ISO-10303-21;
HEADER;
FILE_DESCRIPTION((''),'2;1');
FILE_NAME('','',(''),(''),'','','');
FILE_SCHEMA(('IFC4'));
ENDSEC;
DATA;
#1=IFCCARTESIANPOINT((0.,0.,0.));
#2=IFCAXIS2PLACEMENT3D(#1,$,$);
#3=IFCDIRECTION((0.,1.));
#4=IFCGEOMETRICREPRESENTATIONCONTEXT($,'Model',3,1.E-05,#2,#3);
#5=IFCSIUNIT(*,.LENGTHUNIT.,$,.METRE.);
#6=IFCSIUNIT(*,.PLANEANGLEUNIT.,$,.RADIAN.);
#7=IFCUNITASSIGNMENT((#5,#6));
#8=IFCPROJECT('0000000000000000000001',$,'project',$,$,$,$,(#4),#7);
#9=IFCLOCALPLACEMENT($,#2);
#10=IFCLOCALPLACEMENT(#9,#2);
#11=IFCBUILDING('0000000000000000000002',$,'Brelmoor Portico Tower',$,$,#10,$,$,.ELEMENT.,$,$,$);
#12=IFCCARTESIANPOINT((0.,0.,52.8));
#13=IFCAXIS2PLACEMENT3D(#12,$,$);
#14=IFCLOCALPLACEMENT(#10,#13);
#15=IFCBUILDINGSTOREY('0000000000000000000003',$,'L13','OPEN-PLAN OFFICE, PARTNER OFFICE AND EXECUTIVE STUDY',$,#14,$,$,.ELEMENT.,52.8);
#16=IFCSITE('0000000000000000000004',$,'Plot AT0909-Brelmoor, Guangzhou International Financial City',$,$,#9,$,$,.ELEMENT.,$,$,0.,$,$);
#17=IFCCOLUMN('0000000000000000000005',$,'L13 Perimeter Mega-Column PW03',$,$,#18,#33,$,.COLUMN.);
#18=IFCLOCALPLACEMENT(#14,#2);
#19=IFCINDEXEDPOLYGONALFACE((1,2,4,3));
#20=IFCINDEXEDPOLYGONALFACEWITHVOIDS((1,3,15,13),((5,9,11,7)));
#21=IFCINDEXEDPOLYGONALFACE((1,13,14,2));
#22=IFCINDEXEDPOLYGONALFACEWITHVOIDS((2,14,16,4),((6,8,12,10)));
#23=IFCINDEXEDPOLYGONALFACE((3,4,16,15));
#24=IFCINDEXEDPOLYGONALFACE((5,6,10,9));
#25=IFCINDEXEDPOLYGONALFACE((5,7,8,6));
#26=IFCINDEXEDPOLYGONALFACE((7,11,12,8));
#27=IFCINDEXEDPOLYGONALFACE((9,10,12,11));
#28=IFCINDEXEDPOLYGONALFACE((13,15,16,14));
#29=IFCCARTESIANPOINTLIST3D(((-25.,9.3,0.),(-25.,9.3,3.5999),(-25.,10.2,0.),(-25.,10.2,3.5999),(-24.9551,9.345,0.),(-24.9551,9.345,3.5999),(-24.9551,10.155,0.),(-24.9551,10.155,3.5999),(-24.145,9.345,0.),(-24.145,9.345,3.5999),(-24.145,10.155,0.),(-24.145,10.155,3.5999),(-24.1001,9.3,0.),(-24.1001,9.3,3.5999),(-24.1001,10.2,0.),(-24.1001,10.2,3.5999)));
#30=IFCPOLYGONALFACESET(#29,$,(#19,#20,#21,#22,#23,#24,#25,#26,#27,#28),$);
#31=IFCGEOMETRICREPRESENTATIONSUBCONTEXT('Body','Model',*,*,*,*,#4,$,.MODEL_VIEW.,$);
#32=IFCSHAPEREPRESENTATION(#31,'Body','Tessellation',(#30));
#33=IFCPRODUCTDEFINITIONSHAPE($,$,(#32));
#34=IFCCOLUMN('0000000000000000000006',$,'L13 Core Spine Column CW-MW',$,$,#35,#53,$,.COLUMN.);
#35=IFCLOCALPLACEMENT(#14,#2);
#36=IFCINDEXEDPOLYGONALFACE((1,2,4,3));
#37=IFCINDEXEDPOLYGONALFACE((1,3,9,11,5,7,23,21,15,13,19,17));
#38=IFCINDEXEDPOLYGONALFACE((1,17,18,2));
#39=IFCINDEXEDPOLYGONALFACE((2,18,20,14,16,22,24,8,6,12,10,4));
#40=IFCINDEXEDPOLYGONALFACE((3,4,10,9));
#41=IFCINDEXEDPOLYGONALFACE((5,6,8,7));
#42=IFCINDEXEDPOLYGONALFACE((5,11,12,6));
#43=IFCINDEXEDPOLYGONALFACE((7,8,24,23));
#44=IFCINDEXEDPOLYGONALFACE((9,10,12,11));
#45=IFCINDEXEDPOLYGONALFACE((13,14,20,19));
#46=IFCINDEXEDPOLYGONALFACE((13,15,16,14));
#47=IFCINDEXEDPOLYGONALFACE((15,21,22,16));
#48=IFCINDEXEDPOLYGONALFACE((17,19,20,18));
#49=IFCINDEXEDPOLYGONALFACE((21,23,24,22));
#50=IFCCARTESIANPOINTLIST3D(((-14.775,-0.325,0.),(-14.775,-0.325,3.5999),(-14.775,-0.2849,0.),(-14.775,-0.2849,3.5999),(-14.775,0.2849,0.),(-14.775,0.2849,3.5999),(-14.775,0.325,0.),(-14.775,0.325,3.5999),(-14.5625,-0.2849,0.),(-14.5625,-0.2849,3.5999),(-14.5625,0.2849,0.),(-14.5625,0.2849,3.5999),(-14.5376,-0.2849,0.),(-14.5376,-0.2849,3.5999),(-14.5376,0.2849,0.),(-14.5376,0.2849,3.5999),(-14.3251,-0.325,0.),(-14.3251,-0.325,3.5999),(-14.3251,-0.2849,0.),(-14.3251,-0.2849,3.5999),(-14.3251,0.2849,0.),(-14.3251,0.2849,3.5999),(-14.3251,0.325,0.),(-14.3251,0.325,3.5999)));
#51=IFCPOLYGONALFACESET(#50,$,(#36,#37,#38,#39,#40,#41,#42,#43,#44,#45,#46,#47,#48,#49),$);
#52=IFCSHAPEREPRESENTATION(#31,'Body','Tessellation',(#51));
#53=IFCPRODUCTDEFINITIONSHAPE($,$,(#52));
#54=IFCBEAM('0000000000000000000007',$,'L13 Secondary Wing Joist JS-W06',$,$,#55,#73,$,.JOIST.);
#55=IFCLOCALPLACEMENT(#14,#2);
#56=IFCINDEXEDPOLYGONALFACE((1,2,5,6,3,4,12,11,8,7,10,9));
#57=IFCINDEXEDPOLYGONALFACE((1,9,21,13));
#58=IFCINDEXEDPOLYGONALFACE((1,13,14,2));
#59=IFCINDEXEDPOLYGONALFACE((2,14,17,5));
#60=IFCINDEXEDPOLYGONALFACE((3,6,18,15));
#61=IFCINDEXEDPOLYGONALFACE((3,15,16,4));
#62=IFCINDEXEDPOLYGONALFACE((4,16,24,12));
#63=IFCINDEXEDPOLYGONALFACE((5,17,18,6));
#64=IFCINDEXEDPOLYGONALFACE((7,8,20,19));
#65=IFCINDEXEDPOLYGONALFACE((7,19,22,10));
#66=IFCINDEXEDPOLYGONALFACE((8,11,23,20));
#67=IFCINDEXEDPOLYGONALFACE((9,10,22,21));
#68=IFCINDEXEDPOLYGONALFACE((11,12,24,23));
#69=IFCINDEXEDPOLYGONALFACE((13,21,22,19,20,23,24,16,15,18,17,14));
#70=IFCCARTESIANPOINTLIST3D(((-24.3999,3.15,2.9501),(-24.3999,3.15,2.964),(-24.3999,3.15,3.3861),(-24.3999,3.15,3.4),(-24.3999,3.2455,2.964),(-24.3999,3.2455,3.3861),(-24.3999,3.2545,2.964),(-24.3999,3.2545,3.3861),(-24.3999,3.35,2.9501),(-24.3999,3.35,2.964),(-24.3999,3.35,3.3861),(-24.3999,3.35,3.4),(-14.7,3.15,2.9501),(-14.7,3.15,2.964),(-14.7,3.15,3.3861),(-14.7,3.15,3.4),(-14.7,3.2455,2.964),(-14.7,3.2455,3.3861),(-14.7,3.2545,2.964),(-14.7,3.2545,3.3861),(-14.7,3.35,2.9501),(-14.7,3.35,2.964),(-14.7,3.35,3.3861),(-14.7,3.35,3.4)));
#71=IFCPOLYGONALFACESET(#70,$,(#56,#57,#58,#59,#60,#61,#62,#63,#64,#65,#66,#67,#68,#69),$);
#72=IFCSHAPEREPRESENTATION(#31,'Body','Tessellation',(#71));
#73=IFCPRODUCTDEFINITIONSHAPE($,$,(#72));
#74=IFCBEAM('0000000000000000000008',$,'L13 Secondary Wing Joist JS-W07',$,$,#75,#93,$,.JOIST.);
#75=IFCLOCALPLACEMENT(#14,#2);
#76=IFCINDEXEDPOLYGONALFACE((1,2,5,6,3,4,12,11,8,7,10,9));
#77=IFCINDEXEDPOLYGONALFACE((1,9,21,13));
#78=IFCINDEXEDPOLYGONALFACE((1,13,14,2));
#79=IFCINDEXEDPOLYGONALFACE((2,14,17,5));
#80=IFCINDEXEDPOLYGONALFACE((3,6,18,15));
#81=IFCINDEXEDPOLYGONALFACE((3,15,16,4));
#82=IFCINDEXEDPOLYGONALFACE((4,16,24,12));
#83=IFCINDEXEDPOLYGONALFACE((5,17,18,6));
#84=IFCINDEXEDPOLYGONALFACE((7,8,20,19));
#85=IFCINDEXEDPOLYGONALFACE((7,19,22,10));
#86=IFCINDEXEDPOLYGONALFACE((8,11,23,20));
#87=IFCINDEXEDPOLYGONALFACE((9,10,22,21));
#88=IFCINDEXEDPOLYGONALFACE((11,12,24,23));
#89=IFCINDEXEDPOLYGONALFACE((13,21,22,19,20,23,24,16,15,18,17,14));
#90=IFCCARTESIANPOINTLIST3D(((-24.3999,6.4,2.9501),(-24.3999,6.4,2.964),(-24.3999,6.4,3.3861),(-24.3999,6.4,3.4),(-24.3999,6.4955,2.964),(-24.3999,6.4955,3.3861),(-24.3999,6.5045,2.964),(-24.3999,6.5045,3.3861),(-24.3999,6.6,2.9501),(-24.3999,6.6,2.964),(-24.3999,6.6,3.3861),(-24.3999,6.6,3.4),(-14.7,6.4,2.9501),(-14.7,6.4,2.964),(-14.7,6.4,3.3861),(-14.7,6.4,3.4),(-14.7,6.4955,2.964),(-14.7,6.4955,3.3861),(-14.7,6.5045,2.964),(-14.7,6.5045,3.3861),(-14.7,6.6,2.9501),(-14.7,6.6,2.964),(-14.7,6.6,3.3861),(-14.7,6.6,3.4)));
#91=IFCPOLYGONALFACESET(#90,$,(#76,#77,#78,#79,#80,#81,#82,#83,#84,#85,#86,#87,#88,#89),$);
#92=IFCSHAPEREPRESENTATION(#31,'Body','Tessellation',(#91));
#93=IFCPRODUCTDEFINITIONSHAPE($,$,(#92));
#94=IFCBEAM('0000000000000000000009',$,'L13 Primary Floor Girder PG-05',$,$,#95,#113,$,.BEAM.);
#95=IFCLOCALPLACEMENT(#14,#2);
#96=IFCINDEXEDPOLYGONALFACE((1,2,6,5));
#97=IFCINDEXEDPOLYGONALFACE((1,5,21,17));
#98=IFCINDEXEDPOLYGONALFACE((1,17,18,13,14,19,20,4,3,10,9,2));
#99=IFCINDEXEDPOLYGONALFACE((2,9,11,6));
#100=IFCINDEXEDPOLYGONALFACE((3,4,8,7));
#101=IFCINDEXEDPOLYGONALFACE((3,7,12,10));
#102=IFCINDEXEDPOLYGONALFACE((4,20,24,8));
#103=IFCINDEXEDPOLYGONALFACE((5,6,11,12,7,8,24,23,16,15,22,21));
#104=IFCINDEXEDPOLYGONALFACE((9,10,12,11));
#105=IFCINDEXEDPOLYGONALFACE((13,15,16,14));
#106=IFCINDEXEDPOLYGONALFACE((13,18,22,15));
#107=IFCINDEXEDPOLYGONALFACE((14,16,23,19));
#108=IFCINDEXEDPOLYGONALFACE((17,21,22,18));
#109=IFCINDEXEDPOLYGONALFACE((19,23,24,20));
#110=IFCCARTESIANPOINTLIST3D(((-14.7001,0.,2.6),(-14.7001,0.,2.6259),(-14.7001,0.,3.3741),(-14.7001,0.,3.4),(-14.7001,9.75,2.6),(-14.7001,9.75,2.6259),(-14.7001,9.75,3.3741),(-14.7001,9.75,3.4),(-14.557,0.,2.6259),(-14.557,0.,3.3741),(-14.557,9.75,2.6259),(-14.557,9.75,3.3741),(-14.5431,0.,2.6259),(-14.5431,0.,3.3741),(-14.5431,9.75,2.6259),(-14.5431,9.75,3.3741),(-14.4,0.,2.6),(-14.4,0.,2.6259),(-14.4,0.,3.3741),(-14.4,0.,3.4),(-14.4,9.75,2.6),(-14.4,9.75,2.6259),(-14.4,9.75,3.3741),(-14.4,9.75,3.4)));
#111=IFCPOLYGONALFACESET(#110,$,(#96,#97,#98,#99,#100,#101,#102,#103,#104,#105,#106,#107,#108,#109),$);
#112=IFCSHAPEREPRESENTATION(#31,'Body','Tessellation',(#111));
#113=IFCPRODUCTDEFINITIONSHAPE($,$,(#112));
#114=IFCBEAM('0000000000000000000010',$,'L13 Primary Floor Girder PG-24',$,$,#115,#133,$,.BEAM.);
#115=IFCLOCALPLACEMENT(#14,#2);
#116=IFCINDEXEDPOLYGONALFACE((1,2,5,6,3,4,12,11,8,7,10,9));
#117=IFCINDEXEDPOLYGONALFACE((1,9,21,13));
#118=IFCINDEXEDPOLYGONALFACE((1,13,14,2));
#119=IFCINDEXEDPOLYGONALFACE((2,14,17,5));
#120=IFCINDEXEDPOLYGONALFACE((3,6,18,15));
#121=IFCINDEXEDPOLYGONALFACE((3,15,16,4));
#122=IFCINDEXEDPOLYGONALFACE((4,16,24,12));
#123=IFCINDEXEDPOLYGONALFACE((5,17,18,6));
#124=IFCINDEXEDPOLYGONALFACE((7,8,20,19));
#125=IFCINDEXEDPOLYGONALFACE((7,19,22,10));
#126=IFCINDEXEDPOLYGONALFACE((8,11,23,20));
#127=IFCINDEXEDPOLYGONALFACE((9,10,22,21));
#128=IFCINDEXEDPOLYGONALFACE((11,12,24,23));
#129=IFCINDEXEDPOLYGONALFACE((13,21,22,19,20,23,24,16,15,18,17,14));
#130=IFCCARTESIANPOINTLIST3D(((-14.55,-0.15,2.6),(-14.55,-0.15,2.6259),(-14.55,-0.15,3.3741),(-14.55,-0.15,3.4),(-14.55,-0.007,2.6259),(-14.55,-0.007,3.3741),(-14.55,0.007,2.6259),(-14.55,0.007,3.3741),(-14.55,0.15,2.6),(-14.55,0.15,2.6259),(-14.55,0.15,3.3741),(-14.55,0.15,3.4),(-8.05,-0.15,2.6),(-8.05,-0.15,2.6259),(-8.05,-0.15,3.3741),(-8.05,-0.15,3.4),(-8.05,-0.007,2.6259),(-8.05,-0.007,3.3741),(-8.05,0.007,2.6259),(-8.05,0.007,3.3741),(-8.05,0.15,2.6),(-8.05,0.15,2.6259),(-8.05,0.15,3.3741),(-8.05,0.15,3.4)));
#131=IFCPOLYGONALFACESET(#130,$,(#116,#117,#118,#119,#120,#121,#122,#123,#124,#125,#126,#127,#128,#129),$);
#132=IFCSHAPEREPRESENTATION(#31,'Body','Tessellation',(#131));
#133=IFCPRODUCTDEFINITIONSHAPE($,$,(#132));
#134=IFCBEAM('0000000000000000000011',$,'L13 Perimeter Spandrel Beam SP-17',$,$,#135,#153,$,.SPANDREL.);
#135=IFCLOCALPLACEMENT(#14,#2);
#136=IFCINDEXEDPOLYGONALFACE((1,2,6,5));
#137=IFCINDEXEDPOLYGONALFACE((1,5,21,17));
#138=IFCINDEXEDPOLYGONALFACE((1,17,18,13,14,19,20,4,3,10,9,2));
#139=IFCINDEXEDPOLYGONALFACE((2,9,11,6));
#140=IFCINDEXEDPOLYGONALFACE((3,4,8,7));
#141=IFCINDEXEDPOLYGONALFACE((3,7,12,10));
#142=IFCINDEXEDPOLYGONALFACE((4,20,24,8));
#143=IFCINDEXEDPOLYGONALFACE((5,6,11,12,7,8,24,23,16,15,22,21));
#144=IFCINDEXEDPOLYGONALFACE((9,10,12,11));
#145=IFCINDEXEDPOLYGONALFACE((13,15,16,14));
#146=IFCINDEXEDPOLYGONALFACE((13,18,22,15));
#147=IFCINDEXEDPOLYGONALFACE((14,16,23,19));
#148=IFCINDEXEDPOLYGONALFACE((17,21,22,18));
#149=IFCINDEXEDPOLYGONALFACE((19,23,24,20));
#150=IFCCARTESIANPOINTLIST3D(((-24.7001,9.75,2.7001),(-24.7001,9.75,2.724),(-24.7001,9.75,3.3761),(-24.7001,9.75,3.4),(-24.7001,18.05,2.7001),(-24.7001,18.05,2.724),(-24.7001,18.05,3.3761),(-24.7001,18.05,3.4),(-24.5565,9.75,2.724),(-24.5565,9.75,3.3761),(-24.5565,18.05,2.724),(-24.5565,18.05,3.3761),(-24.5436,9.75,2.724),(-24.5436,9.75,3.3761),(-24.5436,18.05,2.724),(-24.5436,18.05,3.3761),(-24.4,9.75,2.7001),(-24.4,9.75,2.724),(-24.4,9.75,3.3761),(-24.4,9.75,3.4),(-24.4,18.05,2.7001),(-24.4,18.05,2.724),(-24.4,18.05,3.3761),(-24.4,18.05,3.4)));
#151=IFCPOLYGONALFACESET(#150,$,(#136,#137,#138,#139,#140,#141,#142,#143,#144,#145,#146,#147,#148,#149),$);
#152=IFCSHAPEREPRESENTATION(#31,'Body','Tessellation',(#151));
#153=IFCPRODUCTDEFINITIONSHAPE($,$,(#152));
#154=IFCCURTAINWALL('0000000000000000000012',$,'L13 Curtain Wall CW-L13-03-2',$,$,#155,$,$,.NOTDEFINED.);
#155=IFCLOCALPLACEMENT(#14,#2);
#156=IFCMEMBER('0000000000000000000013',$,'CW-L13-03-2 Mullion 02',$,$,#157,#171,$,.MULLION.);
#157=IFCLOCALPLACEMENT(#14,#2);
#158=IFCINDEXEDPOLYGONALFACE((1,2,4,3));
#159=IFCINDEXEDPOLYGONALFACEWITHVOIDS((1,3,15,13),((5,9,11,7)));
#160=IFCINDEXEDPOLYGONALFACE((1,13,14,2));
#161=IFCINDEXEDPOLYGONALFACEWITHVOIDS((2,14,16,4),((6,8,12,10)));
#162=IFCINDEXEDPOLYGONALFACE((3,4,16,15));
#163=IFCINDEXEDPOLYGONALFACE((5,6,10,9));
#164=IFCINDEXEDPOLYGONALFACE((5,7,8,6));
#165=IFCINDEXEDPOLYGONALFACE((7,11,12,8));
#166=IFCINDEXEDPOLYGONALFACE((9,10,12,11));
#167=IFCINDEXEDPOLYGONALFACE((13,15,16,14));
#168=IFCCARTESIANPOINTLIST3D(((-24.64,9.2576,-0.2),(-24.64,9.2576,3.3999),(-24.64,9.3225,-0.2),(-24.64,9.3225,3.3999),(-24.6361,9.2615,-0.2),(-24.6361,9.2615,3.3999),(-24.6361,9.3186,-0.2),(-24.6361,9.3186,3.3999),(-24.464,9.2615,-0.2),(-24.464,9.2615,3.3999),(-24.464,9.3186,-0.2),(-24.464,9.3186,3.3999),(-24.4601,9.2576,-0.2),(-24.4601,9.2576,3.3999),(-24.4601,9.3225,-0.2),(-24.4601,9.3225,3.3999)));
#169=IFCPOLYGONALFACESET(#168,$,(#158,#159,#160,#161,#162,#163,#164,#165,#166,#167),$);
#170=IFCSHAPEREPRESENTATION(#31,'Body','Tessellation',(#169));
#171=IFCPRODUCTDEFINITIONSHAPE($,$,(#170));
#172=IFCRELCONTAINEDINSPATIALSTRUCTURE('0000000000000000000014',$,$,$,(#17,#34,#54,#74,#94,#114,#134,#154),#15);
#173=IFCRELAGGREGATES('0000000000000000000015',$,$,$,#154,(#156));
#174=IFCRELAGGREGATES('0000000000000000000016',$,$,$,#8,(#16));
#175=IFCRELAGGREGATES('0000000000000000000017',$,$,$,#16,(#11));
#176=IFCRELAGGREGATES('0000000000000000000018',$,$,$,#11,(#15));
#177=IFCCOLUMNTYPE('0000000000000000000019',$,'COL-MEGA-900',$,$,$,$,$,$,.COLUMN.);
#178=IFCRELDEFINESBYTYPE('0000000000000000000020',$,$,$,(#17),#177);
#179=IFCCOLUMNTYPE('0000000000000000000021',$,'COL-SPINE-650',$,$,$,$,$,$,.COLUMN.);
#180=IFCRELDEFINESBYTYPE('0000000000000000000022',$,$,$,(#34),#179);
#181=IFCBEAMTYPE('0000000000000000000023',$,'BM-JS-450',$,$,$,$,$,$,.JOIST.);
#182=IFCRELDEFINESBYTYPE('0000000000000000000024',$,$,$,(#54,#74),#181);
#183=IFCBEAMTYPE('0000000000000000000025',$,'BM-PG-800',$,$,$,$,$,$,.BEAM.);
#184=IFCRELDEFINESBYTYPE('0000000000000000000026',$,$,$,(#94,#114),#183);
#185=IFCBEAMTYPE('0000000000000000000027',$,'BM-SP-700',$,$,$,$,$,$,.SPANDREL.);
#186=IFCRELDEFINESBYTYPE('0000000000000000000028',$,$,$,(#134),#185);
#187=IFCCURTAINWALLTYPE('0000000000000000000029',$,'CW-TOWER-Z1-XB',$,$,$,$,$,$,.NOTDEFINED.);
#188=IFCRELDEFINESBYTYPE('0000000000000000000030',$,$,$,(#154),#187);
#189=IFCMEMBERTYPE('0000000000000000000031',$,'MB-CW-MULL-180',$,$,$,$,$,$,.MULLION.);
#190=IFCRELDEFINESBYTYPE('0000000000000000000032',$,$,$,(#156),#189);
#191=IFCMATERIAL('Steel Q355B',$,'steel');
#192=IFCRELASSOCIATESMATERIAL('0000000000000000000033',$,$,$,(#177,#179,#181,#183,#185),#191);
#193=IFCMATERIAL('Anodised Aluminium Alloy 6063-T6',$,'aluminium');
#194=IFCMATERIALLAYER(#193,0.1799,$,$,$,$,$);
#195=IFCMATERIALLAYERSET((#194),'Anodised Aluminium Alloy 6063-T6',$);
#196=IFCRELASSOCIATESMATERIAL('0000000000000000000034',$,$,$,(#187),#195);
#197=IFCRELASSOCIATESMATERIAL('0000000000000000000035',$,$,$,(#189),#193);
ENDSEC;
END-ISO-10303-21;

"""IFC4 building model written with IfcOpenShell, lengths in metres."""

from ifc_helpers import new_model, si_unit, direction, frame, origin, origin_2d, place, context, subcontext, project, spatial, hollow_rectangle, i_section, extrude, material, layer, layer_set, material_profile, profile_set, type_object, element, aggregate, save


model = new_model("IFC4")

# Units and contexts
model_context = context("Model", 3, precision=1e-05, world=origin(), true_north=direction((0.0, 1.0)))
body_context = subcontext(model_context, "Body", "Model", "MODEL_VIEW")
ifc_project = project(units=[si_unit("LENGTHUNIT", "METRE"), si_unit("PLANEANGLEUNIT", "RADIAN")], contexts=[model_context])

# Site, building, storey
site_placement = place(None, origin())
site = spatial("IfcSite", under=ifc_project, at=site_placement, Name="Plot AT0909-Brelmoor, Guangzhou International Financial City", CompositionType="ELEMENT", RefElevation=0.0)
building_placement = place(site_placement, origin())
building = spatial("IfcBuilding", under=site, at=building_placement, Name="Brelmoor Portico Tower", CompositionType="ELEMENT")
storey_placement = place(building_placement, frame((0.0, 0.0, 52.8)))
storey = spatial("IfcBuildingStorey", under=building, at=storey_placement, Name="L13", Description="OPEN-PLAN OFFICE, PARTNER OFFICE AND EXECUTIVE STUDY", CompositionType="ELEMENT", Elevation=52.8)

# Columns
ifc_material_1 = material(Name="Steel Q355B", Category="steel")
ifc_material_profile_1 = material_profile(ifc_material_1, hollow_rectangle(XDim=0.8999, YDim=0.8999, WallThickness=0.0449, at=origin_2d()), Name="BOX 900x900x45")
ifc_profile_set_1 = profile_set([ifc_material_profile_1], Name="Steel Q355B")
column_type_1 = type_object("IfcColumnType", Name="COL-MEGA-900", PredefinedType="COLUMN", material=ifc_profile_set_1)
column_1_placement = place(storey_placement, frame((-24.55, 9.75, 0.0), z_axis=(0.0, 0.0, 1.0), x_axis=(0.0, 1.0, 0.0)))
element("IfcColumn", 1, at=column_1_placement, inside=storey, type_object=column_type_1, Name="L13 Perimeter Mega-Column PW03", PredefinedType="COLUMN", context=body_context, shape_type="SweptSolid", body=[
    extrude(hollow_rectangle(XDim=0.8999, YDim=0.8999, WallThickness=0.0449, at=origin_2d()), origin(), (0.0, 0.0, 1.0), 3.5999),
])
ifc_material_profile_2 = material_profile(ifc_material_1, i_section(OverallWidth=0.45, OverallDepth=0.6499, WebThickness=0.0249, FlangeThickness=0.04, at=origin_2d()), Name="HW 650x450x25x40")
ifc_profile_set_2 = profile_set([ifc_material_profile_2], Name="Steel Q355B")
column_type_2 = type_object("IfcColumnType", Name="COL-SPINE-650", PredefinedType="COLUMN", material=ifc_profile_set_2)
column_2_placement = place(storey_placement, frame((-14.55, 0.0, 0.0), z_axis=(0.0, 0.0, 1.0), x_axis=(1.0, 0.0, 0.0)))
element("IfcColumn", 2, at=column_2_placement, inside=storey, type_object=column_type_2, Name="L13 Core Spine Column CW-MW", PredefinedType="COLUMN", context=body_context, shape_type="SweptSolid", body=[
    extrude(i_section(OverallWidth=0.45, OverallDepth=0.6499, WebThickness=0.0249, FlangeThickness=0.04, at=origin_2d()), origin(), (0.0, 0.0, 1.0), 3.5999),
])

# Beams
ifc_material_profile_3 = material_profile(ifc_material_1, i_section(OverallWidth=0.2, OverallDepth=0.45, WebThickness=0.009, FlangeThickness=0.0139, at=origin_2d()), Name="HN 450x200x9x14")
ifc_profile_set_3 = profile_set([ifc_material_profile_3], Name="Steel Q355B")
beam_type_1 = type_object("IfcBeamType", Name="BM-JS-450", PredefinedType="JOIST", material=ifc_profile_set_3)
for number, where, z_axis, x_axis, name in (
    (3, (-24.3999, 3.25, 3.175), (1.0, 0.0, 0.0), (0.0, 1.0, 0.0), "L13 Secondary Wing Joist JS-W06"),
    (4, (-24.3999, 6.5, 3.175), (1.0, 0.0, 0.0), (0.0, 1.0, 0.0), "L13 Secondary Wing Joist JS-W07"),
):
    element("IfcBeam", number, at=place(storey_placement, frame(where, z_axis=z_axis, x_axis=x_axis)), inside=storey, type_object=beam_type_1, Name=name, PredefinedType="JOIST", context=body_context, shape_type="SweptSolid", body=[
        extrude(i_section(OverallWidth=0.2, OverallDepth=0.45, WebThickness=0.009, FlangeThickness=0.0139, at=origin_2d()), origin(), (0.0, 0.0, 1.0), 9.7),
    ])
ifc_material_profile_4 = material_profile(ifc_material_1, i_section(OverallWidth=0.3, OverallDepth=0.8, WebThickness=0.0139, FlangeThickness=0.0259, at=origin_2d()), Name="HN 800x300x14x26")
ifc_profile_set_4 = profile_set([ifc_material_profile_4], Name="Steel Q355B")
beam_type_2 = type_object("IfcBeamType", Name="BM-PG-800", PredefinedType="BEAM", material=ifc_profile_set_4)
beam_1_placement = place(storey_placement, frame((-14.55, 0.0, 3.0), z_axis=(0.0, 1.0, 0.0), x_axis=(-1.0, 0.0, 0.0)))
element("IfcBeam", 5, at=beam_1_placement, inside=storey, type_object=beam_type_2, Name="L13 Primary Floor Girder PG-05", PredefinedType="BEAM", context=body_context, shape_type="SweptSolid", body=[
    extrude(i_section(OverallWidth=0.3, OverallDepth=0.8, WebThickness=0.0139, FlangeThickness=0.0259, at=origin_2d()), origin(), (0.0, 0.0, 1.0), 9.75),
])
beam_2_placement = place(storey_placement, frame((-14.55, 0.0, 3.0), z_axis=(1.0, 0.0, 0.0), x_axis=(0.0, 1.0, 0.0)))
element("IfcBeam", 6, at=beam_2_placement, inside=storey, type_object=beam_type_2, Name="L13 Primary Floor Girder PG-24", PredefinedType="BEAM", context=body_context, shape_type="SweptSolid", body=[
    extrude(i_section(OverallWidth=0.3, OverallDepth=0.8, WebThickness=0.0139, FlangeThickness=0.0259, at=origin_2d()), origin(), (0.0, 0.0, 1.0), 6.5),
])
ifc_material_profile_5 = material_profile(ifc_material_1, i_section(OverallWidth=0.3, OverallDepth=0.7, WebThickness=0.0129, FlangeThickness=0.0239, at=origin_2d()), Name="HN 700x300x13x24")
ifc_profile_set_5 = profile_set([ifc_material_profile_5], Name="Steel Q355B")
beam_type_3 = type_object("IfcBeamType", Name="BM-SP-700", PredefinedType="SPANDREL", material=ifc_profile_set_5)
beam_3_placement = place(storey_placement, frame((-24.55, 9.75, 3.05), z_axis=(0.0, 1.0, 0.0), x_axis=(-1.0, 0.0, 0.0)))
element("IfcBeam", 7, at=beam_3_placement, inside=storey, type_object=beam_type_3, Name="L13 Perimeter Spandrel Beam SP-17", PredefinedType="SPANDREL", context=body_context, shape_type="SweptSolid", body=[
    extrude(i_section(OverallWidth=0.3, OverallDepth=0.7, WebThickness=0.0129, FlangeThickness=0.0239, at=origin_2d()), origin(), (0.0, 0.0, 1.0), 8.3),
])

# Curtain wall, member
ifc_material_2 = material(Name="Anodised Aluminium Alloy 6063-T6", Category="aluminium")
ifc_layer_1 = layer(ifc_material_2, 0.1799)
ifc_layer_set_1 = layer_set([ifc_layer_1], Name="Anodised Aluminium Alloy 6063-T6")
curtain_wall_type = type_object("IfcCurtainWallType", Name="CW-TOWER-Z1-XB", PredefinedType="NOTDEFINED", material=ifc_layer_set_1)
curtain_wall_placement = place(storey_placement, origin())
curtain_wall = element("IfcCurtainWall", 8, at=curtain_wall_placement, inside=storey, type_object=curtain_wall_type, Name="L13 Curtain Wall CW-L13-03-2", PredefinedType="NOTDEFINED")
ifc_material_profile_6 = material_profile(ifc_material_2, hollow_rectangle(XDim=0.0649, YDim=0.1799, WallThickness=0.0039, at=origin_2d()), Name="ALU MULLION 65x180")
ifc_profile_set_6 = profile_set([ifc_material_profile_6], Name="Anodised Aluminium Alloy 6063-T6")
member_type_1 = type_object("IfcMemberType", Name="MB-CW-MULL-180", PredefinedType="MULLION", material=ifc_profile_set_6)
member_1_placement = place(storey_placement, frame((-24.55, 9.29, -0.2), z_axis=(0.0, 0.0, 1.0), x_axis=(0.0, 1.0, 0.0)))
member_1 = element("IfcMember", 9, at=member_1_placement, type_object=member_type_1, Name="CW-L13-03-2 Mullion 02", PredefinedType="MULLION", context=body_context, shape_type="SweptSolid", body=[
    extrude(hollow_rectangle(XDim=0.0649, YDim=0.1799, WallThickness=0.0039, at=origin_2d()), origin(), (0.0, 0.0, 1.0), 3.5999),
])
aggregate(curtain_wall, [member_1])

save(model, "model.ifc")
